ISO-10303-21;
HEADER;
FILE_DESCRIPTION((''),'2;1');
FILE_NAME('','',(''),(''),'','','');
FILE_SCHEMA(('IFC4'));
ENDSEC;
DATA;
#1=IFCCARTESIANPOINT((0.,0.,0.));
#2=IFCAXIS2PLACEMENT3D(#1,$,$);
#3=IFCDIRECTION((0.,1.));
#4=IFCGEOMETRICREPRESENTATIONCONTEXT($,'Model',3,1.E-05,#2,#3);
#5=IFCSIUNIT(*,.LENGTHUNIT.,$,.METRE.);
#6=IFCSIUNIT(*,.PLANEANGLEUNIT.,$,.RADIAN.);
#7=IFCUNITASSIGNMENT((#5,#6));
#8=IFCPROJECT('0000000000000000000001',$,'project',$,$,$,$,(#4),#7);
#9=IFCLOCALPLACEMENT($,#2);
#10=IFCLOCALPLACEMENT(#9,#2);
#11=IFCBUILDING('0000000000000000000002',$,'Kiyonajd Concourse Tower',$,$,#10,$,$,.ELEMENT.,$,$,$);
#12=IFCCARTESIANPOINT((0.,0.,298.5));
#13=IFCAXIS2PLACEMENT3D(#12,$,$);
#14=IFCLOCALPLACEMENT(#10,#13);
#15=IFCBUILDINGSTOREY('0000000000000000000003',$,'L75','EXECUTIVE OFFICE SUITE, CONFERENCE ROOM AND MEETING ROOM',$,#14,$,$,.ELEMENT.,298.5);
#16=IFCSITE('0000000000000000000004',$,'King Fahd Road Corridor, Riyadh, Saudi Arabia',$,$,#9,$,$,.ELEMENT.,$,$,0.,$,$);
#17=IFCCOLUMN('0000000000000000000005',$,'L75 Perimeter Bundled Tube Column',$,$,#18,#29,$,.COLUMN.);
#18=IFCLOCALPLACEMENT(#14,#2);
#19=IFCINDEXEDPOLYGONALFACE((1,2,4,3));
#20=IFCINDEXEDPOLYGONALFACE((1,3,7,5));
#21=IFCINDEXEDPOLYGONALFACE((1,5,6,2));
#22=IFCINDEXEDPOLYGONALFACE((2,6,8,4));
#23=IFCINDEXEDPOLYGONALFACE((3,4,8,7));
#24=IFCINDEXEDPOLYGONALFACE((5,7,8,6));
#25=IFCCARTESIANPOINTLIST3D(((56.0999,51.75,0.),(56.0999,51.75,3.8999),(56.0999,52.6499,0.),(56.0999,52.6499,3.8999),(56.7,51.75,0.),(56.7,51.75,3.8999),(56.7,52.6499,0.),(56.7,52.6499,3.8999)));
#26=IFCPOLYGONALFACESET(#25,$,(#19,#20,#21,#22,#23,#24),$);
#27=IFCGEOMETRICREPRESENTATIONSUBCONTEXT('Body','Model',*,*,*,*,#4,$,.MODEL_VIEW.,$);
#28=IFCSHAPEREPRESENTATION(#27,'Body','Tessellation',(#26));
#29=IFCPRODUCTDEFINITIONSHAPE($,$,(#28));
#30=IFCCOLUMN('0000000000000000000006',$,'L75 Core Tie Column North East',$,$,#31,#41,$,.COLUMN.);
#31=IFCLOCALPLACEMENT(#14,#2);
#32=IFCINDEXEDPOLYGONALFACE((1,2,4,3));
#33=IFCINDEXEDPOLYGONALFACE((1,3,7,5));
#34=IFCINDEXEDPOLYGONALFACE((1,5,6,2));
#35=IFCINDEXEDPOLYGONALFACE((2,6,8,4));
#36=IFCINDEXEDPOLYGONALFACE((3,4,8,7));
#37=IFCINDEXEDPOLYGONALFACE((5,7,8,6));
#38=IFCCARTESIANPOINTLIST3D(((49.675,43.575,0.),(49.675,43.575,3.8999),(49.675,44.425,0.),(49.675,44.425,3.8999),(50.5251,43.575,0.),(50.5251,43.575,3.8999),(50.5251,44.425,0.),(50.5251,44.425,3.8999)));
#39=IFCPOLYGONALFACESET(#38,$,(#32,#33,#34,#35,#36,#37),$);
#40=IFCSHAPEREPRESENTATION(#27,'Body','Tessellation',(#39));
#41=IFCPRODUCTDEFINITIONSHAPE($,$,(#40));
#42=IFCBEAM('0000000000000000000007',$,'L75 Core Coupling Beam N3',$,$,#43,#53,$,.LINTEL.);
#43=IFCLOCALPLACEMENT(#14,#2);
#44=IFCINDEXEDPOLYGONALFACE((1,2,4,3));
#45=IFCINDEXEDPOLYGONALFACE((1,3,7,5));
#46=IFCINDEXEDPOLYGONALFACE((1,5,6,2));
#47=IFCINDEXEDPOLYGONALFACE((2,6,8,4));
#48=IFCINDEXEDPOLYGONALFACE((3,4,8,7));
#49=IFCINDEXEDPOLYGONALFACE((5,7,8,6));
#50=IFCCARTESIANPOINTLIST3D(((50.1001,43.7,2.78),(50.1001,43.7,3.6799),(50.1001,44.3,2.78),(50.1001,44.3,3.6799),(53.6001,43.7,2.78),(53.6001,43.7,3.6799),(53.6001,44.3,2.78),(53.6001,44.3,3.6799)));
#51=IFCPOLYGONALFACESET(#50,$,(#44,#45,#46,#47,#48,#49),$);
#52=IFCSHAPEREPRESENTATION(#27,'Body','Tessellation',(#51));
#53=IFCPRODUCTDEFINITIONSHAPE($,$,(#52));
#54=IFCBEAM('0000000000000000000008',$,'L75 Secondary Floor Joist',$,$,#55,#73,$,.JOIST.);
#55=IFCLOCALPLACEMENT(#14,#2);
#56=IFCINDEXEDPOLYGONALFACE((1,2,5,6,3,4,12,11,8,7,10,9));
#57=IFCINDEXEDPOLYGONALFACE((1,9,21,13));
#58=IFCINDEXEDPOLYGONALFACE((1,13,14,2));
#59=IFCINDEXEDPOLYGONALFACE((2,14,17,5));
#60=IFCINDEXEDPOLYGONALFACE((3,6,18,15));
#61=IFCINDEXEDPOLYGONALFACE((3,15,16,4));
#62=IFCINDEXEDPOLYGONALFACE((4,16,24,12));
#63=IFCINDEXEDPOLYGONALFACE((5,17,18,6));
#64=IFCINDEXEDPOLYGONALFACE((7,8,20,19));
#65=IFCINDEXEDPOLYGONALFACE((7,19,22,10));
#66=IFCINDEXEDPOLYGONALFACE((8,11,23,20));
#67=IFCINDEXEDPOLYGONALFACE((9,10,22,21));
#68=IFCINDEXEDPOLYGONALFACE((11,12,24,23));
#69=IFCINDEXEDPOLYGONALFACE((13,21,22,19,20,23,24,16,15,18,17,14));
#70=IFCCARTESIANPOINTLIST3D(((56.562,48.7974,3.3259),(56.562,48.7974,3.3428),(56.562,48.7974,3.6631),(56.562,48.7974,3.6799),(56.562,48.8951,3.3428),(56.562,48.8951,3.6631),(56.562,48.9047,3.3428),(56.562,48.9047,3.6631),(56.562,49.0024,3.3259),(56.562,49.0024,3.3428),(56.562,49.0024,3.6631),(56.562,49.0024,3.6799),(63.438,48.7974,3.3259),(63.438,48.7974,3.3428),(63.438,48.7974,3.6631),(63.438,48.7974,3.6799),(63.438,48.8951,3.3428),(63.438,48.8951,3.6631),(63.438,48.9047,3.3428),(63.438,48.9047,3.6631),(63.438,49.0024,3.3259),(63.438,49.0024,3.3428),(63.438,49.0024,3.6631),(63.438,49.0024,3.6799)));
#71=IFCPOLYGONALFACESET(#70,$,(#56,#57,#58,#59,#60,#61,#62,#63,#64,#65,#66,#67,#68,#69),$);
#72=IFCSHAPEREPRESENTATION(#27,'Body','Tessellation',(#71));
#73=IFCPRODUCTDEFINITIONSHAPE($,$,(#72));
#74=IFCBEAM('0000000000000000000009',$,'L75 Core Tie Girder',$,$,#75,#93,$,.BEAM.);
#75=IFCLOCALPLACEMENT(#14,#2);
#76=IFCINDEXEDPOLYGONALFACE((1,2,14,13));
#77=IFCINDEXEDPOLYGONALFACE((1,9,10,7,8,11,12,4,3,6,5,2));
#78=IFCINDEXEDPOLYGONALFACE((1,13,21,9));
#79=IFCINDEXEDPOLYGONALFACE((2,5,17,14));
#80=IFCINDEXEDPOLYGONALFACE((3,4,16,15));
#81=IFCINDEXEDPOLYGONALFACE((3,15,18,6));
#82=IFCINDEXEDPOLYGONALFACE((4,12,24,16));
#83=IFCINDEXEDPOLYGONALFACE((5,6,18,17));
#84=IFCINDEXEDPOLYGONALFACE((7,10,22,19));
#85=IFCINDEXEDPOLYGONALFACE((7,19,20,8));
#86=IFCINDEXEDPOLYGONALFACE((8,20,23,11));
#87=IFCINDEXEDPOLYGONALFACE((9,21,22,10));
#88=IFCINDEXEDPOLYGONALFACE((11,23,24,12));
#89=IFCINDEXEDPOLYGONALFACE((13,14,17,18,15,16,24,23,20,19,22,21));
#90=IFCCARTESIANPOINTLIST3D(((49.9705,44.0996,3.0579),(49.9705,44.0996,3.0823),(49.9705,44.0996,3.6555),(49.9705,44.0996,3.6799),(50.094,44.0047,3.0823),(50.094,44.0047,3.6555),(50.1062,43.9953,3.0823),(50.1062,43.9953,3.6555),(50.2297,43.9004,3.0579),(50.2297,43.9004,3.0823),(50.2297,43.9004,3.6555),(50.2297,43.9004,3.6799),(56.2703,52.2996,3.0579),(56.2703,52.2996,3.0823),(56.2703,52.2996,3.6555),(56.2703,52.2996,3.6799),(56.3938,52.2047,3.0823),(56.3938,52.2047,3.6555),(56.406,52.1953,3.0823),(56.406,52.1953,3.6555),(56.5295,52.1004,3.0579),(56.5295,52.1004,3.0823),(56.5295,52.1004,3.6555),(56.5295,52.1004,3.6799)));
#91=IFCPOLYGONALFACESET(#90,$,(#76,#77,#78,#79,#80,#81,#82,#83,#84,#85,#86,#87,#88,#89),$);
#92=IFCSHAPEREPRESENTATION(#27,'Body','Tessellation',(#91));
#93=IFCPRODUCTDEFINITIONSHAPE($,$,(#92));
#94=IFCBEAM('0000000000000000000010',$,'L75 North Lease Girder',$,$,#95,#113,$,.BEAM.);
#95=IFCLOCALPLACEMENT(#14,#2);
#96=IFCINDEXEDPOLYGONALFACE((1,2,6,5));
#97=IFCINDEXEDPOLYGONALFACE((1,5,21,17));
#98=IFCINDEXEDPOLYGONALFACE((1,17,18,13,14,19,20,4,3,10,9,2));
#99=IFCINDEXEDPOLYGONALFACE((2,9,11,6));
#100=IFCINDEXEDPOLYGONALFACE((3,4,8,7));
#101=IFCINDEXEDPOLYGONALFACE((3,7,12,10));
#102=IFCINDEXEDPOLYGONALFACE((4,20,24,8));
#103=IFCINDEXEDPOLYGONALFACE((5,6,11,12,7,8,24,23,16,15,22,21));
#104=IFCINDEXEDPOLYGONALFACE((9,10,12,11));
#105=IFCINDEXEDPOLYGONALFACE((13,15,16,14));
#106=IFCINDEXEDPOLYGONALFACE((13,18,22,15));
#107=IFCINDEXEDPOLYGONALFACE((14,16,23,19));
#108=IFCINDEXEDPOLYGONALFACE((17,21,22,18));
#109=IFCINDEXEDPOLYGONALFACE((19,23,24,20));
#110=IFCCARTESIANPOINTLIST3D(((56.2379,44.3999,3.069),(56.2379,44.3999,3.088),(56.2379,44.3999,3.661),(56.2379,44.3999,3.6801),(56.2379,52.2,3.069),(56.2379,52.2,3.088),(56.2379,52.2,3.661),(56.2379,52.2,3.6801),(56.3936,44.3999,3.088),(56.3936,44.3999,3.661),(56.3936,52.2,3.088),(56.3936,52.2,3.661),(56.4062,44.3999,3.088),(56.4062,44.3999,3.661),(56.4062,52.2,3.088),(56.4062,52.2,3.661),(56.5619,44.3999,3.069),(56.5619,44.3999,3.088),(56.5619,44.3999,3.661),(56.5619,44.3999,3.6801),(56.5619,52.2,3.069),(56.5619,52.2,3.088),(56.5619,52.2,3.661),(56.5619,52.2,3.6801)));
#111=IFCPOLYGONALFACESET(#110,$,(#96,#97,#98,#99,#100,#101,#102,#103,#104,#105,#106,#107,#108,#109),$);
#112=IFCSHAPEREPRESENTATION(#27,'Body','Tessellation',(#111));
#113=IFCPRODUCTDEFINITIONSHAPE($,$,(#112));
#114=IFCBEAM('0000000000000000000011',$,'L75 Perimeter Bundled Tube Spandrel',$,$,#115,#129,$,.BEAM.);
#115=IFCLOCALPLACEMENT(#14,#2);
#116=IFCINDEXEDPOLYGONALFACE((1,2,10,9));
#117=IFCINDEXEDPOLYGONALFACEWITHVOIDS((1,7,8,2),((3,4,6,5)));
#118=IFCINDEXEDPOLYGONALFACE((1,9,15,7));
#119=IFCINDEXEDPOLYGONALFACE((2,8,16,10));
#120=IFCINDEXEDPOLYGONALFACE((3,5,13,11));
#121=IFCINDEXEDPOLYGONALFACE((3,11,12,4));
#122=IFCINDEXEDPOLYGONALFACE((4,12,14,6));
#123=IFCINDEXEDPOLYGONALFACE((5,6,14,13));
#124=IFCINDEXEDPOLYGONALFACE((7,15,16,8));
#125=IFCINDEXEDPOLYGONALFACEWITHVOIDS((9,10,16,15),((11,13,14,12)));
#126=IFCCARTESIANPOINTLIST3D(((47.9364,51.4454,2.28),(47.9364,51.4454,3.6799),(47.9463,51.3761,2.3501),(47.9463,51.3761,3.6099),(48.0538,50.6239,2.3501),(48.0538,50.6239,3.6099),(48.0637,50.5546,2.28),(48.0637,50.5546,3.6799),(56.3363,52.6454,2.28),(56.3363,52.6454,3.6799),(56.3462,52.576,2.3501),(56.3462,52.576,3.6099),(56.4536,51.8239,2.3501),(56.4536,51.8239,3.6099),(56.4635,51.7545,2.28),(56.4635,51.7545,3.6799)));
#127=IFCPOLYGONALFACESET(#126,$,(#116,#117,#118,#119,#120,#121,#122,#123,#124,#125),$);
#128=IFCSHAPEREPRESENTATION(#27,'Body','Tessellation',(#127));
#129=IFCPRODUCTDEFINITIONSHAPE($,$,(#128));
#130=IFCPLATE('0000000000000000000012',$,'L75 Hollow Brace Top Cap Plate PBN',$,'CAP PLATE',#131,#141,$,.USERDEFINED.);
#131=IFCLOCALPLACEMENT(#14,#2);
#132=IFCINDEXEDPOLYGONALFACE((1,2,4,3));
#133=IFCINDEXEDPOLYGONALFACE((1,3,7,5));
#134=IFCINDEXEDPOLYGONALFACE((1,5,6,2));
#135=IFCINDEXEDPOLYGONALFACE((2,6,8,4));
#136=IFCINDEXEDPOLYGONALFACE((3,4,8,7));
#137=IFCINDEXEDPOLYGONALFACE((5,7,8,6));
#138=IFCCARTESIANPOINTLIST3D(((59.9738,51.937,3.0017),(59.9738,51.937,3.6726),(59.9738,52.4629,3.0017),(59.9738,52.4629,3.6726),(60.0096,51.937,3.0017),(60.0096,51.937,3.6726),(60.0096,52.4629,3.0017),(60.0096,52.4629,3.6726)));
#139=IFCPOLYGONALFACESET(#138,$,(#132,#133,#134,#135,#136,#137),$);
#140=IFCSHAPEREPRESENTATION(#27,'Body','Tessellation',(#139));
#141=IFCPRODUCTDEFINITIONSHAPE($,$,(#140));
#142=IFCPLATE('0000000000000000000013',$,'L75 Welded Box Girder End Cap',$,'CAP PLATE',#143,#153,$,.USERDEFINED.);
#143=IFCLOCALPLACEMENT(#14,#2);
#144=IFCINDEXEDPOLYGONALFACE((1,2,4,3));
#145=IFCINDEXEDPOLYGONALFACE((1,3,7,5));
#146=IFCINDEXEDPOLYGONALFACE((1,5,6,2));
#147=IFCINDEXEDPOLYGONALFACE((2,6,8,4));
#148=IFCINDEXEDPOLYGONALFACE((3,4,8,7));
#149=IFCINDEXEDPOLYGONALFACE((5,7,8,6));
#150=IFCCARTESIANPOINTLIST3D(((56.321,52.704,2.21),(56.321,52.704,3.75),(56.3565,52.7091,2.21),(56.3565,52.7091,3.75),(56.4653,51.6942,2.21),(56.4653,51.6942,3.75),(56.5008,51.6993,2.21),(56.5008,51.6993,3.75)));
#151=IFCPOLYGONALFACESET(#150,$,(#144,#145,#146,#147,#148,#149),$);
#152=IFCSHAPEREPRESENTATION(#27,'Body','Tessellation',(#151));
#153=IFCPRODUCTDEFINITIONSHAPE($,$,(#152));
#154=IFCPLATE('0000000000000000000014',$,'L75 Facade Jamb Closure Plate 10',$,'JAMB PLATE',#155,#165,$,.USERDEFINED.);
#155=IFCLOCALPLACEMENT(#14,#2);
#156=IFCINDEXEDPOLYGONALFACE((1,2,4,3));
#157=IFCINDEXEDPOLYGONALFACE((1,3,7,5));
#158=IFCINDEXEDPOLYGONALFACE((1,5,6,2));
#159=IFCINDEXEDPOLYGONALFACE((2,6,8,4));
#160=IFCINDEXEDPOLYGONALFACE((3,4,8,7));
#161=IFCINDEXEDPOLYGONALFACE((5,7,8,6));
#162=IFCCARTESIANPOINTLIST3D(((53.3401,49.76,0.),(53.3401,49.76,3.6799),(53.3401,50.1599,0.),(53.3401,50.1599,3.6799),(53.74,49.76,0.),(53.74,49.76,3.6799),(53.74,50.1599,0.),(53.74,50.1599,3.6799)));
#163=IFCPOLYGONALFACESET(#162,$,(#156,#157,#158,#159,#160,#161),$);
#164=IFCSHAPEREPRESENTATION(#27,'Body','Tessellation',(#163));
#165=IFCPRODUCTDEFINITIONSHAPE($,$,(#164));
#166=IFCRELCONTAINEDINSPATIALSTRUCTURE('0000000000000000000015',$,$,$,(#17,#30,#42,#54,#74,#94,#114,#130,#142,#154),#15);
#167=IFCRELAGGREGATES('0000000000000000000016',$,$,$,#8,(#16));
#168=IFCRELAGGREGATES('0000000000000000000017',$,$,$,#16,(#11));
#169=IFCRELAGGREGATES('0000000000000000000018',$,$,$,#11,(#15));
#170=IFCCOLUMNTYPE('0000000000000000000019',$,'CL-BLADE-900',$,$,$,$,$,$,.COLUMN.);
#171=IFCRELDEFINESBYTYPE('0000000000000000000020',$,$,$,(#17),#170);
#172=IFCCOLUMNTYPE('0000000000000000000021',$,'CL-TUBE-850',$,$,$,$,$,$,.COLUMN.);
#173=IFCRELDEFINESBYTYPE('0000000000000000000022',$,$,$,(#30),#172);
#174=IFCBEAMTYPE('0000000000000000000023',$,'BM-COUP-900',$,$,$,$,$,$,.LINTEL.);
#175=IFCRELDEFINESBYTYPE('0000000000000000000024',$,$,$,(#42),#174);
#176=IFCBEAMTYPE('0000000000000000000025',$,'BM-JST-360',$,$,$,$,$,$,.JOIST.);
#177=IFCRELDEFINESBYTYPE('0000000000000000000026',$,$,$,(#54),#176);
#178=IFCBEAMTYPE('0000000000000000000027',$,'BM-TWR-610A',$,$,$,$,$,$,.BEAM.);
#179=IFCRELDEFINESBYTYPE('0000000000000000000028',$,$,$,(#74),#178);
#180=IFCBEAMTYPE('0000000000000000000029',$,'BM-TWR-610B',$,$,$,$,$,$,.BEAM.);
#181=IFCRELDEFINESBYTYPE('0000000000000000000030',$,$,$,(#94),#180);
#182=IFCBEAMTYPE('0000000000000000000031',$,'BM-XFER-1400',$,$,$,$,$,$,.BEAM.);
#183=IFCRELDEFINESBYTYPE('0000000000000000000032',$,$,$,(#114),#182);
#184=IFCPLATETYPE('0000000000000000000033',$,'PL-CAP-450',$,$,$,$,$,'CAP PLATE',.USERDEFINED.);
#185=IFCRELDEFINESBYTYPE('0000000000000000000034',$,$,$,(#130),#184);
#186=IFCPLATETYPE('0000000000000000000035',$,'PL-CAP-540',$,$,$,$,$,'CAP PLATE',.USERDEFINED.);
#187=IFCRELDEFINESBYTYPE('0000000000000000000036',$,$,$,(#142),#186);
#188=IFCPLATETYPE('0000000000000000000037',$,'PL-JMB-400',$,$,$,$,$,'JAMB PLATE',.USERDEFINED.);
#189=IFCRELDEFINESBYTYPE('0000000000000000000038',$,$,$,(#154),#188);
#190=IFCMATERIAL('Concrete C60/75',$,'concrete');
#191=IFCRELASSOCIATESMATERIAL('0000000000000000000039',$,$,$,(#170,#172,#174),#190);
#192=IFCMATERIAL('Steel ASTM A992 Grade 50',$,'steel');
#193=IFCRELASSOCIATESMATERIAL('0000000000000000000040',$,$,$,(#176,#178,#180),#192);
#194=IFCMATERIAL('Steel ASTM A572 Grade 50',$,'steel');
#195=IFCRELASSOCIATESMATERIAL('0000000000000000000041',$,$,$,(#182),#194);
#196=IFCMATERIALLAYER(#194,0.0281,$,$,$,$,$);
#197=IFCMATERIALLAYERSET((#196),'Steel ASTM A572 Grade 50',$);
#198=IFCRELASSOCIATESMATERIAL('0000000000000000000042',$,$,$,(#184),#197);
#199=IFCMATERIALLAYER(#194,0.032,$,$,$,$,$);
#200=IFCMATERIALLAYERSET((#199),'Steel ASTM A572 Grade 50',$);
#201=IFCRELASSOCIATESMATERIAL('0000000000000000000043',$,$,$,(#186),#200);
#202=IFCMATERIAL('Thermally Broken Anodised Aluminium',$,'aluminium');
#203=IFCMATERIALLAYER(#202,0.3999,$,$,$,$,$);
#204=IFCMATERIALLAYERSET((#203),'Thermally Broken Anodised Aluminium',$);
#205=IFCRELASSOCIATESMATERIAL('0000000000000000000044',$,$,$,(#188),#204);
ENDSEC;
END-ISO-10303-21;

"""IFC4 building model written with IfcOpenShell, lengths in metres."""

from ifc_helpers import new_model, si_unit, direction, frame, origin, origin_2d, place, context, subcontext, project, spatial, rectangle, hollow_rectangle, i_section, extrude, material, layer, layer_set, material_profile, profile_set, type_object, element, save


model = new_model("IFC4")

# Units and contexts
model_context = context("Model", 3, precision=1e-05, world=origin(), true_north=direction((0.0, 1.0)))
body_context = subcontext(model_context, "Body", "Model", "MODEL_VIEW")
ifc_project = project(units=[si_unit("LENGTHUNIT", "METRE"), si_unit("PLANEANGLEUNIT", "RADIAN")], contexts=[model_context])

# Site, building, storey
site_placement = place(None, origin())
site = spatial("IfcSite", under=ifc_project, at=site_placement, Name="King Fahd Road Corridor, Riyadh, Saudi Arabia", CompositionType="ELEMENT", RefElevation=0.0)
building_placement = place(site_placement, origin())
building = spatial("IfcBuilding", under=site, at=building_placement, Name="Kiyonajd Concourse Tower", CompositionType="ELEMENT")
storey_placement = place(building_placement, frame((0.0, 0.0, 298.5)))
storey = spatial("IfcBuildingStorey", under=building, at=storey_placement, Name="L75", Description="EXECUTIVE OFFICE SUITE, CONFERENCE ROOM AND MEETING ROOM", CompositionType="ELEMENT", Elevation=298.5)

# Columns
ifc_material_1 = material(Name="Concrete C60/75", Category="concrete")
ifc_material_profile_1 = material_profile(ifc_material_1, rectangle(XDim=0.6001, YDim=0.8999, at=origin_2d()), Name="RC-900x600")
ifc_profile_set_1 = profile_set([ifc_material_profile_1], Name="Concrete C60/75")
column_type_1 = type_object("IfcColumnType", Name="CL-BLADE-900", PredefinedType="COLUMN", material=ifc_profile_set_1)
column_1_placement = place(storey_placement, frame((56.3999, 52.2, 0.0), z_axis=(0.0, 0.0, 1.0), x_axis=(1.0, 0.0, 0.0)))
element("IfcColumn", 1, at=column_1_placement, inside=storey, type_object=column_type_1, Name="L75 Perimeter Bundled Tube Column", PredefinedType="COLUMN", context=body_context, shape_type="SweptSolid", body=[
    extrude(rectangle(XDim=0.6001, YDim=0.8999, at=origin_2d()), origin(), (0.0, 0.0, 1.0), 3.8999),
])
ifc_material_profile_2 = material_profile(ifc_material_1, rectangle(XDim=0.8501, YDim=0.8501, at=origin_2d()), Name="RC-850x850")
ifc_profile_set_2 = profile_set([ifc_material_profile_2], Name="Concrete C60/75")
column_type_2 = type_object("IfcColumnType", Name="CL-TUBE-850", PredefinedType="COLUMN", material=ifc_profile_set_2)
column_2_placement = place(storey_placement, frame((50.1001, 44.0, 0.0), z_axis=(0.0, 0.0, 1.0), x_axis=(1.0, 0.0, 0.0)))
element("IfcColumn", 2, at=column_2_placement, inside=storey, type_object=column_type_2, Name="L75 Core Tie Column North East", PredefinedType="COLUMN", context=body_context, shape_type="SweptSolid", body=[
    extrude(rectangle(XDim=0.8501, YDim=0.8501, at=origin_2d()), origin(), (0.0, 0.0, 1.0), 3.8999),
])

# Beams
ifc_material_profile_3 = material_profile(ifc_material_1, rectangle(XDim=0.6001, YDim=0.8999, at=origin_2d()), Name="RCBM-600x900")
ifc_profile_set_3 = profile_set([ifc_material_profile_3], Name="Concrete C60/75")
beam_type_1 = type_object("IfcBeamType", Name="BM-COUP-900", PredefinedType="LINTEL", material=ifc_profile_set_3)
beam_1_placement = place(storey_placement, frame((50.1001, 44.0, 3.23), z_axis=(1.0, 0.0, 0.0), x_axis=(0.0, 1.0, 0.0)))
element("IfcBeam", 3, at=beam_1_placement, inside=storey, type_object=beam_type_1, Name="L75 Core Coupling Beam N3", PredefinedType="LINTEL", context=body_context, shape_type="SweptSolid", body=[
    extrude(rectangle(XDim=0.6001, YDim=0.8999, at=origin_2d()), origin(), (0.0, 0.0, 1.0), 3.5),
])
ifc_material_2 = material(Name="Steel ASTM A992 Grade 50", Category="steel")
ifc_material_profile_4 = material_profile(ifc_material_2, i_section(OverallWidth=0.2051, OverallDepth=0.354, WebThickness=0.0095, FlangeThickness=0.0168, at=origin_2d()), Name="W360X79")
ifc_profile_set_4 = profile_set([ifc_material_profile_4], Name="Steel ASTM A992 Grade 50")
beam_type_2 = type_object("IfcBeamType", Name="BM-JST-360", PredefinedType="JOIST", material=ifc_profile_set_4)
beam_2_placement = place(storey_placement, frame((56.562, 48.8999, 3.5029), z_axis=(1.0, 0.0, 0.0), x_axis=(0.0, 1.0, 0.0)))
element("IfcBeam", 4, at=beam_2_placement, inside=storey, type_object=beam_type_2, Name="L75 Secondary Floor Joist", PredefinedType="JOIST", context=body_context, shape_type="SweptSolid", body=[
    extrude(i_section(OverallWidth=0.2051, OverallDepth=0.354, WebThickness=0.0095, FlangeThickness=0.0168, at=origin_2d()), origin(), (0.0, 0.0, 1.0), 6.876),
])
ifc_material_profile_5 = material_profile(ifc_material_2, i_section(OverallWidth=0.3269, OverallDepth=0.6221, WebThickness=0.0154, FlangeThickness=0.0244, at=origin_2d()), Name="W610X195")
ifc_profile_set_5 = profile_set([ifc_material_profile_5], Name="Steel ASTM A992 Grade 50")
beam_type_3 = type_object("IfcBeamType", Name="BM-TWR-610A", PredefinedType="BEAM", material=ifc_profile_set_5)
beam_3_placement = place(storey_placement, frame((50.1001, 44.0, 3.3689), z_axis=(0.609234, 0.792991, 0.0), x_axis=(-0.792991, 0.609234, 0.0)))
element("IfcBeam", 5, at=beam_3_placement, inside=storey, type_object=beam_type_3, Name="L75 Core Tie Girder", PredefinedType="BEAM", context=body_context, shape_type="SweptSolid", body=[
    extrude(i_section(OverallWidth=0.3269, OverallDepth=0.6221, WebThickness=0.0154, FlangeThickness=0.0244, at=origin_2d()), origin(), (0.0, 0.0, 1.0), 10.3406),
])
ifc_material_profile_6 = material_profile(ifc_material_2, i_section(OverallWidth=0.324, OverallDepth=0.6111, WebThickness=0.0127, FlangeThickness=0.019, at=origin_2d()), Name="W610X155")
ifc_profile_set_6 = profile_set([ifc_material_profile_6], Name="Steel ASTM A992 Grade 50")
beam_type_4 = type_object("IfcBeamType", Name="BM-TWR-610B", PredefinedType="BEAM", material=ifc_profile_set_6)
beam_4_placement = place(storey_placement, frame((56.3999, 44.3999, 3.3745), z_axis=(0.0, 1.0, 0.0), x_axis=(-1.0, 0.0, 0.0)))
element("IfcBeam", 6, at=beam_4_placement, inside=storey, type_object=beam_type_4, Name="L75 North Lease Girder", PredefinedType="BEAM", context=body_context, shape_type="SweptSolid", body=[
    extrude(i_section(OverallWidth=0.324, OverallDepth=0.6111, WebThickness=0.0127, FlangeThickness=0.019, at=origin_2d()), origin(), (0.0, 0.0, 1.0), 7.8),
])
ifc_material_3 = material(Name="Steel ASTM A572 Grade 50", Category="steel")
ifc_material_profile_7 = material_profile(ifc_material_3, hollow_rectangle(XDim=0.8999, YDim=1.3999, WallThickness=0.0701, at=origin_2d()), Name="BOX-1400x900x70")
ifc_profile_set_7 = profile_set([ifc_material_profile_7], Name="Steel ASTM A572 Grade 50")
beam_type_5 = type_object("IfcBeamType", Name="BM-XFER-1400", PredefinedType="BEAM", material=ifc_profile_set_7)
beam_5_placement = place(storey_placement, frame((56.3999, 52.2, 2.98), z_axis=(-0.98995, -0.141417, 0.0), x_axis=(0.141417, -0.98995, 0.0)))
element("IfcBeam", 7, at=beam_5_placement, inside=storey, type_object=beam_type_5, Name="L75 Perimeter Bundled Tube Spandrel", PredefinedType="BEAM", context=body_context, shape_type="SweptSolid", body=[
    extrude(hollow_rectangle(XDim=0.8999, YDim=1.3999, WallThickness=0.0701, at=origin_2d()), origin(), (0.0, 0.0, 1.0), 8.4851),
])

# Plates
ifc_layer_1 = layer(ifc_material_3, 0.0281)
ifc_layer_set_1 = layer_set([ifc_layer_1], Name="Steel ASTM A572 Grade 50")
plate_type_1 = type_object("IfcPlateType", Name="PL-CAP-450", ElementType="CAP PLATE", PredefinedType="USERDEFINED", material=ifc_layer_set_1)
plate_1_placement = place(storey_placement, frame((59.9917, 52.2, 3.0017), z_axis=(0.0, 0.0, 1.0), x_axis=(-1.0, 0.0, 0.0)))
element("IfcPlate", 8, at=plate_1_placement, inside=storey, type_object=plate_type_1, Name="L75 Hollow Brace Top Cap Plate PBN", ObjectType="CAP PLATE", PredefinedType="USERDEFINED", context=body_context, shape_type="SweptSolid", body=[
    extrude(rectangle(XDim=0.0359, YDim=0.5259, at=origin_2d()), origin(), (0.0, 0.0, 1.0), 0.6709),
])
ifc_layer_2 = layer(ifc_material_3, 0.032)
ifc_layer_set_2 = layer_set([ifc_layer_2], Name="Steel ASTM A572 Grade 50")
plate_type_2 = type_object("IfcPlateType", Name="PL-CAP-540", ElementType="CAP PLATE", PredefinedType="USERDEFINED", material=ifc_layer_set_2)
plate_2_placement = place(storey_placement, frame((56.4109, 52.2017, 2.21), z_axis=(0.0, 0.0, 1.0), x_axis=(0.98995, 0.14142, 0.0)))
element("IfcPlate", 9, at=plate_2_placement, inside=storey, type_object=plate_type_2, Name="L75 Welded Box Girder End Cap", ObjectType="CAP PLATE", PredefinedType="USERDEFINED", context=body_context, shape_type="SweptSolid", body=[
    extrude(rectangle(XDim=0.0359, YDim=1.02, at=origin_2d()), origin(), (0.0, 0.0, 1.0), 1.54),
])
ifc_material_4 = material(Name="Thermally Broken Anodised Aluminium", Category="aluminium")
ifc_layer_3 = layer(ifc_material_4, 0.3999)
ifc_layer_set_3 = layer_set([ifc_layer_3], Name="Thermally Broken Anodised Aluminium")
plate_type_3 = type_object("IfcPlateType", Name="PL-JMB-400", ElementType="JAMB PLATE", PredefinedType="USERDEFINED", material=ifc_layer_set_3)
plate_3_placement = place(storey_placement, frame((53.54, 49.96, 0.0), z_axis=(0.0, 0.0, 1.0), x_axis=(1.0, 0.0, 0.0)))
element("IfcPlate", 10, at=plate_3_placement, inside=storey, type_object=plate_type_3, Name="L75 Facade Jamb Closure Plate 10", ObjectType="JAMB PLATE", PredefinedType="USERDEFINED", context=body_context, shape_type="SweptSolid", body=[
    extrude(rectangle(XDim=0.3999, YDim=0.3999, at=origin_2d()), origin(), (0.0, 0.0, 1.0), 3.6799),
])

save(model, "model.ifc")
